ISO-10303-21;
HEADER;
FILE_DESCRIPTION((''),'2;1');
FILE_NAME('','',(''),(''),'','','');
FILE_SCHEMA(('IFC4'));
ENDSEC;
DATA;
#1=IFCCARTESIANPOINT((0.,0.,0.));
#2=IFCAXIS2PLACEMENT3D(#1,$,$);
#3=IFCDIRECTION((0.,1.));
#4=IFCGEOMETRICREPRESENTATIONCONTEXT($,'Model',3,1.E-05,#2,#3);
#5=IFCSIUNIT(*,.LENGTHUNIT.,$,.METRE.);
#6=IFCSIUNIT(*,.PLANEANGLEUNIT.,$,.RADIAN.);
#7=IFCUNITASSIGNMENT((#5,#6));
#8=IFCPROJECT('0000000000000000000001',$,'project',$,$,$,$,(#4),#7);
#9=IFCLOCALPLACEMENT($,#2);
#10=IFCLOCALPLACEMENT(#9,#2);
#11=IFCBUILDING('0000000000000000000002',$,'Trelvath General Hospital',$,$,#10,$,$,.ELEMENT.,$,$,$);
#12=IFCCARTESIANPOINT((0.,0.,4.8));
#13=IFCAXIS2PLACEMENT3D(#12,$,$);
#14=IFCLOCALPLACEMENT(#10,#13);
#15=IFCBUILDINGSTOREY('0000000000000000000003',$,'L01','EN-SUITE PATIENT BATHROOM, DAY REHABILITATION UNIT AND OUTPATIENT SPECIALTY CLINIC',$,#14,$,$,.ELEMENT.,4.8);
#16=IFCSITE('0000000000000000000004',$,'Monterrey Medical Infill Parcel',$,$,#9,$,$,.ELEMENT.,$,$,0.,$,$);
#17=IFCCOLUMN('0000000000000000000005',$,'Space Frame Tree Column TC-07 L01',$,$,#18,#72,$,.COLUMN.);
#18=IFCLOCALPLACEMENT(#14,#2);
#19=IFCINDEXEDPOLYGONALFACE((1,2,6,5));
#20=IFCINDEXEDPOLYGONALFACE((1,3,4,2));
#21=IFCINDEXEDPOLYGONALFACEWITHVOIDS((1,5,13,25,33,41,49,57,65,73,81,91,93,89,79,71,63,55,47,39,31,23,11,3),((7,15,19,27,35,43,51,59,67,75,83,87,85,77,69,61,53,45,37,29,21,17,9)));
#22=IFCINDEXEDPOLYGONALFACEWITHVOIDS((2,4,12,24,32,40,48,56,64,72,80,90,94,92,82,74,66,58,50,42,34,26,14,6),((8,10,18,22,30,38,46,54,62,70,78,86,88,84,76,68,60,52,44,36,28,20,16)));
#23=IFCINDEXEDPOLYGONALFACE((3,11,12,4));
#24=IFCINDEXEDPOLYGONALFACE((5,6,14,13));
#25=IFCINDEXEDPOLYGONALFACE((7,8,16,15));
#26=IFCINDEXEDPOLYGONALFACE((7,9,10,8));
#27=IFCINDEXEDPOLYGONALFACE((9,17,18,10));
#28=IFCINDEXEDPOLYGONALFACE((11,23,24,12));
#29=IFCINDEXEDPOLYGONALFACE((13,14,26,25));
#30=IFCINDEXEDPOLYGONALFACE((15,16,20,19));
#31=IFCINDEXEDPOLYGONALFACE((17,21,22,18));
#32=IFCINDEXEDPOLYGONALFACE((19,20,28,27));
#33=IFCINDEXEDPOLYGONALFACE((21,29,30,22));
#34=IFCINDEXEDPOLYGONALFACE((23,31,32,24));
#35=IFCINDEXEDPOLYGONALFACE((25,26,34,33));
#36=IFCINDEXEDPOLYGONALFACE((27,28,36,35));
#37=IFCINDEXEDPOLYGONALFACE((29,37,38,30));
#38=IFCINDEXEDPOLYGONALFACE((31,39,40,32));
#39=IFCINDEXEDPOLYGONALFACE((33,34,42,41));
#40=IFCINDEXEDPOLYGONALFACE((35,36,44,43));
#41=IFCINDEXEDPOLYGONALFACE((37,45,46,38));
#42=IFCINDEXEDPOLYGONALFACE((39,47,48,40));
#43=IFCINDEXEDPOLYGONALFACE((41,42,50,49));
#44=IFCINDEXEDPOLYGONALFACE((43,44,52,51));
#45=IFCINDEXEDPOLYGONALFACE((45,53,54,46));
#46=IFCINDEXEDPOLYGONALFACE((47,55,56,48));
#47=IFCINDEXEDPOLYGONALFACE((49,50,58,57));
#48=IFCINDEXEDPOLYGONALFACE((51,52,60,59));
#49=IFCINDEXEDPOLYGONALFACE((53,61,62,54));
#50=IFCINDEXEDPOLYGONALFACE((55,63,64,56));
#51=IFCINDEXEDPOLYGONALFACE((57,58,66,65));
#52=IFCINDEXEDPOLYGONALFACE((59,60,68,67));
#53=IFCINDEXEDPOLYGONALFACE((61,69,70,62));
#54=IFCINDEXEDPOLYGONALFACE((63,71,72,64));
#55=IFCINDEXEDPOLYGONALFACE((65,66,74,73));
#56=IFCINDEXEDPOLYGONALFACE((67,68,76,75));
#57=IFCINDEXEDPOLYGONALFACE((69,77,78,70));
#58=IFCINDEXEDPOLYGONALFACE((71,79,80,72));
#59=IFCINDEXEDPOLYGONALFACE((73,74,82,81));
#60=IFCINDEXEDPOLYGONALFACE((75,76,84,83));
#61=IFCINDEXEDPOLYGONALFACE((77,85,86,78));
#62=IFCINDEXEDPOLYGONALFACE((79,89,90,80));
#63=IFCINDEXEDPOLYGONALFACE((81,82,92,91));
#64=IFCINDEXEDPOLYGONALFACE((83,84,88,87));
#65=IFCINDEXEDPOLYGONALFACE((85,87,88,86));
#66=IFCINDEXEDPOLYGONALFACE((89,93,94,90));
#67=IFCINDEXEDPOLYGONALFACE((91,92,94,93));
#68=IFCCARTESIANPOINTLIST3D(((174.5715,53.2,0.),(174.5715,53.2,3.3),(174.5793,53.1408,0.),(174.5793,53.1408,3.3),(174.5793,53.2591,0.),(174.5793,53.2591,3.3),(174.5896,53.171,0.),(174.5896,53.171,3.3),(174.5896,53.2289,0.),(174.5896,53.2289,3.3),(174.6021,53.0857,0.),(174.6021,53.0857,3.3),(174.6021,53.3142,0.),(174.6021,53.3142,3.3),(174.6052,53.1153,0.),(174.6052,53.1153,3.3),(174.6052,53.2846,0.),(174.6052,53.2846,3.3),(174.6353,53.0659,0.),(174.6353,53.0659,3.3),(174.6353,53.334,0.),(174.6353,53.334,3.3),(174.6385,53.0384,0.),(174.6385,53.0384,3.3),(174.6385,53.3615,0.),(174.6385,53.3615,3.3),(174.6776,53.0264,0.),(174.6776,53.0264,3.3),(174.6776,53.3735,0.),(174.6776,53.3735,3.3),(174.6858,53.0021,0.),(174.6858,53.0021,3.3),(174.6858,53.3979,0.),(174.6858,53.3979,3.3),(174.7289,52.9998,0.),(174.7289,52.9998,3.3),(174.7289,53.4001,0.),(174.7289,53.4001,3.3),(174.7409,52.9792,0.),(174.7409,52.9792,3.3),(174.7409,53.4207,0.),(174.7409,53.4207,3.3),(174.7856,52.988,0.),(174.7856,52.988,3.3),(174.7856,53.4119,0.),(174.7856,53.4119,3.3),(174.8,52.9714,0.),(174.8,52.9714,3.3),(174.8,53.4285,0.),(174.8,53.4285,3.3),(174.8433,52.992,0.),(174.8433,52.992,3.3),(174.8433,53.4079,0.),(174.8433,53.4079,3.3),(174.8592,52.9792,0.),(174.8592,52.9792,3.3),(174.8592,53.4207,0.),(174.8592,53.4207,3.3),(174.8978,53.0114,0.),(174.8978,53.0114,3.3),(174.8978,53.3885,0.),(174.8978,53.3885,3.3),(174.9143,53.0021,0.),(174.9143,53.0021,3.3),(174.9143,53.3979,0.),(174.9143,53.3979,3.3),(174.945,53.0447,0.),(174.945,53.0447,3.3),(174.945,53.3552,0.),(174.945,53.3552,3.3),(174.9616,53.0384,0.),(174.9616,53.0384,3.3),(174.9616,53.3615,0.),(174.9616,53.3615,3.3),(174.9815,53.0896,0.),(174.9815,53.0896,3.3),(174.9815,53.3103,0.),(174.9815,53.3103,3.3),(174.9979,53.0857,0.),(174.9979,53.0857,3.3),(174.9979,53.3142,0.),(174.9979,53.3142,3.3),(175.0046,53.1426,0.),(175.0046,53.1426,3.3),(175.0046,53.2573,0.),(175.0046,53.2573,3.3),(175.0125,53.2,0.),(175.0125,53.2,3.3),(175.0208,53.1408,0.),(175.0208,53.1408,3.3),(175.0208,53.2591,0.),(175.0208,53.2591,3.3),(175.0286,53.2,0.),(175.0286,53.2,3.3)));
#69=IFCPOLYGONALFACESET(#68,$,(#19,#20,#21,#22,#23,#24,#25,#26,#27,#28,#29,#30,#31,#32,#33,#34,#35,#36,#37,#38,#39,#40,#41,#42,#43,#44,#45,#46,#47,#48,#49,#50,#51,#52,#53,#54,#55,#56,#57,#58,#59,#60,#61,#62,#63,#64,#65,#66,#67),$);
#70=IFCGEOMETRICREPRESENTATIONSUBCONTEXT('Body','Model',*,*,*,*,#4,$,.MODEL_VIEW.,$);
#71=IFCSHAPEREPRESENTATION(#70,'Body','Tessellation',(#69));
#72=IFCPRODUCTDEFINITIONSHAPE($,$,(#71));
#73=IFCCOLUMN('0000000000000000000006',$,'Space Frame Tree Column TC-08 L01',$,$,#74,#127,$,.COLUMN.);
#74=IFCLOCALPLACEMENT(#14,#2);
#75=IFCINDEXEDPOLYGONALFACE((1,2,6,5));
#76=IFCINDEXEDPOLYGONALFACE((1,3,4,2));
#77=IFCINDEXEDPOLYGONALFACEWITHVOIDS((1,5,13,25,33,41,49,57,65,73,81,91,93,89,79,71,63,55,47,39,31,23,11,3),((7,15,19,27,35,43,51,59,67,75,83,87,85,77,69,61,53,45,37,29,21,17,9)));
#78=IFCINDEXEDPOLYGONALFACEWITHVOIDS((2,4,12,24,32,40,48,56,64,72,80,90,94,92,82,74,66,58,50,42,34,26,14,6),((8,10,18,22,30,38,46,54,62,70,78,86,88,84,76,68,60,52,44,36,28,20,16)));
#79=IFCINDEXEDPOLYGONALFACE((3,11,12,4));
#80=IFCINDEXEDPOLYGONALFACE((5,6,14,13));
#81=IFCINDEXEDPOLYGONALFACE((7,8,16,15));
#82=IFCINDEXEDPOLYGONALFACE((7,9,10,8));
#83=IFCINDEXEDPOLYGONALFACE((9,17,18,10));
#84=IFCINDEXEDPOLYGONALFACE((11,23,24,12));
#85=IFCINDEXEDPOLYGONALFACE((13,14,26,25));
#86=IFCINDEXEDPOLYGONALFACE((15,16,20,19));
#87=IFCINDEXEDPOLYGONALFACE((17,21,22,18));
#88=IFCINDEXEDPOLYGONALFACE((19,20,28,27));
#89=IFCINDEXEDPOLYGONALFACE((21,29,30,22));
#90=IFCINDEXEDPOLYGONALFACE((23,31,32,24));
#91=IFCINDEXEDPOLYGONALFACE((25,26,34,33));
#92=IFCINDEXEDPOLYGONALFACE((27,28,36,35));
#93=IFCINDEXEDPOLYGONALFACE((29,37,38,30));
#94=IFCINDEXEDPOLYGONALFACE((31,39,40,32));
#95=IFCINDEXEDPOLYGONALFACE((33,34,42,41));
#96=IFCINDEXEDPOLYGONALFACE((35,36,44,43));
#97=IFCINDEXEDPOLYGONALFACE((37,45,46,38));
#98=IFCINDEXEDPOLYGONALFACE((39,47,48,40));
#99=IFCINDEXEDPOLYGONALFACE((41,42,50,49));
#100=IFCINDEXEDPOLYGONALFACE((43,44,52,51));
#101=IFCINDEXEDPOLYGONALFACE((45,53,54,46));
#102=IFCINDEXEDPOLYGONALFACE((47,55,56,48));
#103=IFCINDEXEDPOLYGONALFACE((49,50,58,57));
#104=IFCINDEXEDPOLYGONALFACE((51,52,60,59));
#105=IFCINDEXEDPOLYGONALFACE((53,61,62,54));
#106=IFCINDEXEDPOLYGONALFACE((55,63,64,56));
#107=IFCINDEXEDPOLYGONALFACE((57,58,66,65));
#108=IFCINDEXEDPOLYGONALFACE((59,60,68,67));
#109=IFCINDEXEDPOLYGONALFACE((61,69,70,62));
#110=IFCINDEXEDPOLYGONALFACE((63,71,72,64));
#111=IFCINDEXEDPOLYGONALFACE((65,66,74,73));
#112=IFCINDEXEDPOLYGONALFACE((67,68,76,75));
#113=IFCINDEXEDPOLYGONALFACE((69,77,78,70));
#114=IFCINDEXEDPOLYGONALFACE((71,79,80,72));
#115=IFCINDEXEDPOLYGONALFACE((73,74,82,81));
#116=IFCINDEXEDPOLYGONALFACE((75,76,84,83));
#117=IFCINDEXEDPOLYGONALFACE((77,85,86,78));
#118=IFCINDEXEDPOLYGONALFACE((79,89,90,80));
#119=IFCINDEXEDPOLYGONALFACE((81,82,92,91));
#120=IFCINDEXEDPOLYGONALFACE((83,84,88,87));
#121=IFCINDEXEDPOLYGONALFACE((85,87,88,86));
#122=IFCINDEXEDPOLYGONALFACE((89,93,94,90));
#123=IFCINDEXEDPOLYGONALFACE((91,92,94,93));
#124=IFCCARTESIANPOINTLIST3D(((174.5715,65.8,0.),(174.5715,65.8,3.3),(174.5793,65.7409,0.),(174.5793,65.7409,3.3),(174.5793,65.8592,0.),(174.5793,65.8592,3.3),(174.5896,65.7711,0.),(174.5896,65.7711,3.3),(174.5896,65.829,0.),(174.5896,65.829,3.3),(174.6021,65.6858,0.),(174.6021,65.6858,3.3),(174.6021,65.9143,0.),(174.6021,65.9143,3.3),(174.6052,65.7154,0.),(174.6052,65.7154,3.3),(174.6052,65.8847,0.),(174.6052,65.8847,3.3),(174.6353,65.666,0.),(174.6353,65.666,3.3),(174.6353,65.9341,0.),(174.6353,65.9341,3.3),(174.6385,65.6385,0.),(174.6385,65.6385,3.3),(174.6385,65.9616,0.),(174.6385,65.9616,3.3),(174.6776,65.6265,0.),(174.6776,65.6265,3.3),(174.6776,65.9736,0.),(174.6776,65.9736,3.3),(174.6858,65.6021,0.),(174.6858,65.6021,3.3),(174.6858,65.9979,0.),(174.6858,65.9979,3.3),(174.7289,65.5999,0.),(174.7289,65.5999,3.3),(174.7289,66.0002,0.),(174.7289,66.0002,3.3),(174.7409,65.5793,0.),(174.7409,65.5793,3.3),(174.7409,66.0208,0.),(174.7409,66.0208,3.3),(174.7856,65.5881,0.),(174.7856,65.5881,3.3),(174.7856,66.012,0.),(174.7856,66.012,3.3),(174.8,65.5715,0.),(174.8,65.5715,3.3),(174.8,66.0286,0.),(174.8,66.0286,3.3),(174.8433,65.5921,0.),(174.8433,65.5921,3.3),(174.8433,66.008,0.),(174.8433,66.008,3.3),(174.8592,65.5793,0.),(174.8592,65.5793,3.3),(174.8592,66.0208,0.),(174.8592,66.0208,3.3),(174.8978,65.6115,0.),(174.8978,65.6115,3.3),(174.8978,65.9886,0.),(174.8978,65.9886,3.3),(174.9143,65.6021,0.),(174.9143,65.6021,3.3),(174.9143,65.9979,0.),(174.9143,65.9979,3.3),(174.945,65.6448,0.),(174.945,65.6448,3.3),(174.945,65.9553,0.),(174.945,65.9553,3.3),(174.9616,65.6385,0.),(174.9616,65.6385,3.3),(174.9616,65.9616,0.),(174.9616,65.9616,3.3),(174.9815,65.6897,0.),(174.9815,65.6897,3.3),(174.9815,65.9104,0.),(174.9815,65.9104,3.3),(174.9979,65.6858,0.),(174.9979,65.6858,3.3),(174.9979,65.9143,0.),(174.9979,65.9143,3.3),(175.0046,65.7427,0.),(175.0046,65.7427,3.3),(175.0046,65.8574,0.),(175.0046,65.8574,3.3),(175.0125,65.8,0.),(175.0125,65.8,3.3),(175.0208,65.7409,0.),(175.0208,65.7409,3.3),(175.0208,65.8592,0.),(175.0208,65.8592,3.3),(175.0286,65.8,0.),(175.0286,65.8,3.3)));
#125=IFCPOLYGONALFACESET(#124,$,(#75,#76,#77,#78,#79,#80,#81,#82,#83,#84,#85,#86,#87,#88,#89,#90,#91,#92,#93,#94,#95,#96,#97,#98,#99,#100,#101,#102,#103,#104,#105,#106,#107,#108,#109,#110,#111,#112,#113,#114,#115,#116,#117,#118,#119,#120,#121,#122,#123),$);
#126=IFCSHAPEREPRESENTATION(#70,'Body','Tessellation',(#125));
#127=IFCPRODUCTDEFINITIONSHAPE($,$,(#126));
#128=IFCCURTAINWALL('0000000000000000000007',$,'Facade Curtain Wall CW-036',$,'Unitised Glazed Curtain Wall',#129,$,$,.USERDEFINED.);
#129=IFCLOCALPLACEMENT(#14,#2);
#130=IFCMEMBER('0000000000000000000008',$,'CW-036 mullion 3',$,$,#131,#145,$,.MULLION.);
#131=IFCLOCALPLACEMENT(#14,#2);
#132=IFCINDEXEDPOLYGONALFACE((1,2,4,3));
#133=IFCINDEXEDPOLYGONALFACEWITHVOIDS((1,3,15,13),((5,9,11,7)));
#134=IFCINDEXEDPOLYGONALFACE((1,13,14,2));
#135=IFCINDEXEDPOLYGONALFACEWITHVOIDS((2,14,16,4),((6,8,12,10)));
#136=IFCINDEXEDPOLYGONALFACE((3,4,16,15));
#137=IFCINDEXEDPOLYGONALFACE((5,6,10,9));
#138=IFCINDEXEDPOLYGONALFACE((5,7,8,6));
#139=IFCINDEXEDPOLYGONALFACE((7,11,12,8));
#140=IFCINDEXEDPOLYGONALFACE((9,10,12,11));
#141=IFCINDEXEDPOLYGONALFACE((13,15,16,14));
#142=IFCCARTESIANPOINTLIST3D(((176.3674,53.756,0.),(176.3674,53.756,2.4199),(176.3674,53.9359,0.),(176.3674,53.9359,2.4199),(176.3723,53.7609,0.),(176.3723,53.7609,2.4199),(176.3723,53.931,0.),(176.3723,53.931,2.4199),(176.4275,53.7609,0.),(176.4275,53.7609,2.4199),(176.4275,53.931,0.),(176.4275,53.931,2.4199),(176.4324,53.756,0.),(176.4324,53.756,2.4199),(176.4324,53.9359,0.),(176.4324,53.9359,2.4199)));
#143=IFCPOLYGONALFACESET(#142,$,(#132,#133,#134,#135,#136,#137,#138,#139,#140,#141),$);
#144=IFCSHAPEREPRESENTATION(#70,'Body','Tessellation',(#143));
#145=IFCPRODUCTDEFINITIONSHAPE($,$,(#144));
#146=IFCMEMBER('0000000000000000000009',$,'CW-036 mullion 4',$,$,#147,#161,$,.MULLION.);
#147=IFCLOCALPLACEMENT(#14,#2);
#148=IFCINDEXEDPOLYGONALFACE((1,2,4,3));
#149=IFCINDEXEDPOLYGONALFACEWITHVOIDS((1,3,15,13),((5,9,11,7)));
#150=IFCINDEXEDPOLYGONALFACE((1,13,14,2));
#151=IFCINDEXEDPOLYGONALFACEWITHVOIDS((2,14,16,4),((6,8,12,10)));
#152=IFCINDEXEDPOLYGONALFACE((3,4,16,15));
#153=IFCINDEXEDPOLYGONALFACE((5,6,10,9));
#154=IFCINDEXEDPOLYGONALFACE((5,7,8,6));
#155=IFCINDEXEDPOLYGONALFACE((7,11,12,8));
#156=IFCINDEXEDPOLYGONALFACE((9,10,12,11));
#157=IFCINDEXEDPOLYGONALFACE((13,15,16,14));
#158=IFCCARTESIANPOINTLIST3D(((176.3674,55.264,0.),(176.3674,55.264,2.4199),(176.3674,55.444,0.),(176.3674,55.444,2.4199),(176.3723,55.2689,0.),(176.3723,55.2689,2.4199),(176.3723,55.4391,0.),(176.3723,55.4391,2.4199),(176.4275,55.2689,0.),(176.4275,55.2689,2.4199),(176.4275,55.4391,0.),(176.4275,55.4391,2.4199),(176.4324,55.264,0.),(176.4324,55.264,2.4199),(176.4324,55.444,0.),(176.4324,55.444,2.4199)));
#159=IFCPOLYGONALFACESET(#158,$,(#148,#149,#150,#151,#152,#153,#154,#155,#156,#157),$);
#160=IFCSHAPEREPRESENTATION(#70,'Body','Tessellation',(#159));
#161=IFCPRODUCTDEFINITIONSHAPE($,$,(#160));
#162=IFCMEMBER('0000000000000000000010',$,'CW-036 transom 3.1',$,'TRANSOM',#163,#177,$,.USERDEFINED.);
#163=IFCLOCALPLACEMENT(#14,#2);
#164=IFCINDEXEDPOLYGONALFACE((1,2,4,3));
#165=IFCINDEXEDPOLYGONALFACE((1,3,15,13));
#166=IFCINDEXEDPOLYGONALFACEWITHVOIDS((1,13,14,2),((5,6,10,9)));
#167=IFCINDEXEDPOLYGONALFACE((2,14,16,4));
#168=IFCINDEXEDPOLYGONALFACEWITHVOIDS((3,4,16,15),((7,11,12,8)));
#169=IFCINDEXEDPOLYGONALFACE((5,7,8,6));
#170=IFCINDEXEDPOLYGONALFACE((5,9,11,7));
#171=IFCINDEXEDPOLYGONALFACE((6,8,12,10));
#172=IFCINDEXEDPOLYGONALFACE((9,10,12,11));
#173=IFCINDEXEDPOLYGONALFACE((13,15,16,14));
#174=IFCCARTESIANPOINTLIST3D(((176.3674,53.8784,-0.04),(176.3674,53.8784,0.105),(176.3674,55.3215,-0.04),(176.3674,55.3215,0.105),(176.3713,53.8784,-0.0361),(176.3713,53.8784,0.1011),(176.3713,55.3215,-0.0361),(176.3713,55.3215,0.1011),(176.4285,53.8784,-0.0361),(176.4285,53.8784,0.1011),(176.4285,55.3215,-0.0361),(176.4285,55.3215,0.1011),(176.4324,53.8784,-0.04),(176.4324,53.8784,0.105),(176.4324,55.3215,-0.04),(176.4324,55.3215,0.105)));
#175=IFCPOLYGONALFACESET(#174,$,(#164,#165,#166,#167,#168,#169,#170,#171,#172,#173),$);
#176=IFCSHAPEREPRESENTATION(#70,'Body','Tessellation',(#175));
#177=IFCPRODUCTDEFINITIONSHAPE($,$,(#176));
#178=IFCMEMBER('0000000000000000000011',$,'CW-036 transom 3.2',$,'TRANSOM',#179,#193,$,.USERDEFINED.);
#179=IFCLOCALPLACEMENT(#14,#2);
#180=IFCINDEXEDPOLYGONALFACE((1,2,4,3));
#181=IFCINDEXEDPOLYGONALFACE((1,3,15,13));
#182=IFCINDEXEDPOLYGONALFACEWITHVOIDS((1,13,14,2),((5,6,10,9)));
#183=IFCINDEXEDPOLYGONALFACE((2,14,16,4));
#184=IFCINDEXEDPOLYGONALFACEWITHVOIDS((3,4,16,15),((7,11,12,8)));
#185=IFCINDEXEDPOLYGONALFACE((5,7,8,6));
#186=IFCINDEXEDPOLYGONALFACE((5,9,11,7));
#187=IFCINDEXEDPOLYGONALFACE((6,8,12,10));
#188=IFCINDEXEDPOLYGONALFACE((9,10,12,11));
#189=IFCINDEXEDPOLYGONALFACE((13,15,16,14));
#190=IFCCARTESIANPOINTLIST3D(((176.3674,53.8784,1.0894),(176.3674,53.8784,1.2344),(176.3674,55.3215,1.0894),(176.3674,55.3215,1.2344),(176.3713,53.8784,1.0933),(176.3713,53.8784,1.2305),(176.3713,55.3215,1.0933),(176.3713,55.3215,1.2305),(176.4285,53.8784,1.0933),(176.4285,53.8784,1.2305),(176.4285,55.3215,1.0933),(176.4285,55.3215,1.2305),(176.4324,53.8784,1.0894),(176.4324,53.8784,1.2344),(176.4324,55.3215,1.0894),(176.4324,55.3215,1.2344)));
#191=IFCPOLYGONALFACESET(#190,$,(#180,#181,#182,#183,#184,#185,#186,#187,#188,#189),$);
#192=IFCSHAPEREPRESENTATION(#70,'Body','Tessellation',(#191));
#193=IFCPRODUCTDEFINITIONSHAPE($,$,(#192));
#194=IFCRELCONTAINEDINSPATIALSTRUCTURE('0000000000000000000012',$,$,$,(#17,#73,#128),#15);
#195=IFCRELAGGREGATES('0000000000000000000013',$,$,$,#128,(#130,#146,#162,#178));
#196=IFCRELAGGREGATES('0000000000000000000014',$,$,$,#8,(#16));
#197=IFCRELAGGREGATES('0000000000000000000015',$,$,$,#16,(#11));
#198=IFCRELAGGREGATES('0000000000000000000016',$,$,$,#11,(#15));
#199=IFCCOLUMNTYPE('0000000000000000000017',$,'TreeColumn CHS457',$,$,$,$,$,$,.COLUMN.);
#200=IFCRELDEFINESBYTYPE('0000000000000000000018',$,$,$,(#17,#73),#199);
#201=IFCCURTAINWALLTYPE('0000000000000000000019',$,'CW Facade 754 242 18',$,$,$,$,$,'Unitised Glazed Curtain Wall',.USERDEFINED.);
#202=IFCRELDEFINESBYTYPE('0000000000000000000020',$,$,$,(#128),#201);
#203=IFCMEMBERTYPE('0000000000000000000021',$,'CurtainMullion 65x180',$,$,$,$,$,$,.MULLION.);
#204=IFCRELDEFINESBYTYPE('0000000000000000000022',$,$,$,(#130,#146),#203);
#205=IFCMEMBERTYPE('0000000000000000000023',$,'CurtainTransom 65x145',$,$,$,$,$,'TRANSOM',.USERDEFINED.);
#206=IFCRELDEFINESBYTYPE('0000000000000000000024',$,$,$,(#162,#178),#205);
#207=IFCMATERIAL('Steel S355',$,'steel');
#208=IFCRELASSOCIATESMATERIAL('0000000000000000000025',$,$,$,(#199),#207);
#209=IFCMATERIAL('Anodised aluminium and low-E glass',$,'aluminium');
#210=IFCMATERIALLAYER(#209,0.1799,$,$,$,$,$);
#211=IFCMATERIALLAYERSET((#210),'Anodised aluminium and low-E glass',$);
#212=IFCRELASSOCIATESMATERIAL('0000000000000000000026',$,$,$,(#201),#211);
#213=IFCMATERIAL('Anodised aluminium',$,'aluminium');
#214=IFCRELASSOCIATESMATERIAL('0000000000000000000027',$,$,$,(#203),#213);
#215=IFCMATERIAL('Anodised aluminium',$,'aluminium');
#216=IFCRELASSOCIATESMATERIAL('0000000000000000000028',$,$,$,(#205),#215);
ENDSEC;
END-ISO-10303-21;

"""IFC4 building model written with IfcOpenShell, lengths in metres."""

from ifc_helpers import new_model, si_unit, direction, frame, origin, origin_2d, place, context, subcontext, project, spatial, hollow_rectangle, hollow_circle, extrude, material, layer, layer_set, material_profile, profile_set, type_object, element, aggregate, save


model = new_model("IFC4")

# Units and contexts
model_context = context("Model", 3, precision=1e-05, world=origin(), true_north=direction((0.0, 1.0)))
body_context = subcontext(model_context, "Body", "Model", "MODEL_VIEW")
ifc_project = project(units=[si_unit("LENGTHUNIT", "METRE"), si_unit("PLANEANGLEUNIT", "RADIAN")], contexts=[model_context])

# Site, building, storey
site_placement = place(None, origin())
site = spatial("IfcSite", under=ifc_project, at=site_placement, Name="Monterrey Medical Infill Parcel", CompositionType="ELEMENT", RefElevation=0.0)
building_placement = place(site_placement, origin())
building = spatial("IfcBuilding", under=site, at=building_placement, Name="Trelvath General Hospital", CompositionType="ELEMENT")
storey_placement = place(building_placement, frame((0.0, 0.0, 4.8)))
storey = spatial("IfcBuildingStorey", under=building, at=storey_placement, Name="L01", Description="EN-SUITE PATIENT BATHROOM, DAY REHABILITATION UNIT AND OUTPATIENT SPECIALTY CLINIC", CompositionType="ELEMENT", Elevation=4.8)

# Columns
ifc_material_1 = material(Name="Steel S355", Category="steel")
ifc_material_profile_1 = material_profile(ifc_material_1, hollow_circle(Radius=0.2285, WallThickness=0.0161, at=origin_2d()), Name="CHS457.0x16.0")
ifc_profile_set_1 = profile_set([ifc_material_profile_1], Name="Steel S355")
column_type = type_object("IfcColumnType", Name="TreeColumn CHS457", PredefinedType="COLUMN", material=ifc_profile_set_1)
for number, where, z_axis, x_axis, name in (
    (1, (174.8, 53.2, 0.0), (0.0, 0.0, 1.0), (1.0, 0.0, 0.0), "Space Frame Tree Column TC-07 L01"),
    (2, (174.8, 65.8, 0.0), (0.0, 0.0, 1.0), (1.0, 0.0, 0.0), "Space Frame Tree Column TC-08 L01"),
):
    element("IfcColumn", number, at=place(storey_placement, frame(where, z_axis=z_axis, x_axis=x_axis)), inside=storey, type_object=column_type, Name=name, PredefinedType="COLUMN", context=body_context, shape_type="SweptSolid", body=[
        extrude(hollow_circle(Radius=0.2285, WallThickness=0.0161, at=origin_2d()), origin(), (0.0, 0.0, 1.0), 3.3),
    ])

# Curtain wall, members
ifc_material_2 = material(Name="Anodised aluminium and low-E glass", Category="aluminium")
ifc_layer_1 = layer(ifc_material_2, 0.1799)
ifc_layer_set_1 = layer_set([ifc_layer_1], Name="Anodised aluminium and low-E glass")
curtain_wall_type = type_object("IfcCurtainWallType", Name="CW Facade 754 242 18", ElementType="Unitised Glazed Curtain Wall", PredefinedType="USERDEFINED", material=ifc_layer_set_1)
curtain_wall_placement = place(storey_placement, origin())
curtain_wall = element("IfcCurtainWall", 3, at=curtain_wall_placement, inside=storey, type_object=curtain_wall_type, Name="Facade Curtain Wall CW-036", ObjectType="Unitised Glazed Curtain Wall", PredefinedType="USERDEFINED")
ifc_material_3 = material(Name="Anodised aluminium", Category="aluminium")
ifc_material_profile_2 = material_profile(ifc_material_3, hollow_rectangle(XDim=0.0649, YDim=0.1799, WallThickness=0.0049, at=origin_2d()), Name="RHS65x180x5")
ifc_profile_set_2 = profile_set([ifc_material_profile_2], Name="Anodised aluminium")
member_type_1 = type_object("IfcMemberType", Name="CurtainMullion 65x180", PredefinedType="MULLION", material=ifc_profile_set_2)
member_1_placement = place(storey_placement, frame((176.3999, 53.8459, 0.0), z_axis=(0.0, 0.0, 1.0), x_axis=(-1.0, 0.0, 0.0)))
member_1 = element("IfcMember", 4, at=member_1_placement, type_object=member_type_1, Name="CW-036 mullion 3", PredefinedType="MULLION", context=body_context, shape_type="SweptSolid", body=[
    extrude(hollow_rectangle(XDim=0.0649, YDim=0.1799, WallThickness=0.0049, at=origin_2d()), origin(), (0.0, 0.0, 1.0), 2.4199),
])
member_2_placement = place(storey_placement, frame((176.3999, 55.354, 0.0), z_axis=(0.0, 0.0, 1.0), x_axis=(-1.0, 0.0, 0.0)))
member_2 = element("IfcMember", 5, at=member_2_placement, type_object=member_type_1, Name="CW-036 mullion 4", PredefinedType="MULLION", context=body_context, shape_type="SweptSolid", body=[
    extrude(hollow_rectangle(XDim=0.0649, YDim=0.1799, WallThickness=0.0049, at=origin_2d()), origin(), (0.0, 0.0, 1.0), 2.4199),
])
ifc_material_4 = material(Name="Anodised aluminium", Category="aluminium")
ifc_material_profile_3 = material_profile(ifc_material_4, hollow_rectangle(XDim=0.0649, YDim=0.145, WallThickness=0.0039, at=origin_2d()), Name="RHS65x145x4")
ifc_profile_set_3 = profile_set([ifc_material_profile_3], Name="Anodised aluminium")
member_type_2 = type_object("IfcMemberType", Name="CurtainTransom 65x145", ElementType="TRANSOM", PredefinedType="USERDEFINED", material=ifc_profile_set_3)
member_3_placement = place(storey_placement, frame((176.3999, 53.8784, 0.0325), z_axis=(0.0, 1.0, 0.0), x_axis=(-1.0, 0.0, 0.0)))
member_3 = element("IfcMember", 6, at=member_3_placement, type_object=member_type_2, Name="CW-036 transom 3.1", ObjectType="TRANSOM", PredefinedType="USERDEFINED", context=body_context, shape_type="SweptSolid", body=[
    extrude(hollow_rectangle(XDim=0.0649, YDim=0.145, WallThickness=0.0039, at=origin_2d()), origin(), (0.0, 0.0, 1.0), 1.4431),
])
member_4_placement = place(storey_placement, frame((176.3999, 53.8784, 1.1619), z_axis=(0.0, 1.0, 0.0), x_axis=(-1.0, 0.0, 0.0)))
member_4 = element("IfcMember", 7, at=member_4_placement, type_object=member_type_2, Name="CW-036 transom 3.2", ObjectType="TRANSOM", PredefinedType="USERDEFINED", context=body_context, shape_type="SweptSolid", body=[
    extrude(hollow_rectangle(XDim=0.0649, YDim=0.145, WallThickness=0.0039, at=origin_2d()), origin(), (0.0, 0.0, 1.0), 1.4431),
])
aggregate(curtain_wall, [member_1, member_2, member_3, member_4])

save(model, "model.ifc")
